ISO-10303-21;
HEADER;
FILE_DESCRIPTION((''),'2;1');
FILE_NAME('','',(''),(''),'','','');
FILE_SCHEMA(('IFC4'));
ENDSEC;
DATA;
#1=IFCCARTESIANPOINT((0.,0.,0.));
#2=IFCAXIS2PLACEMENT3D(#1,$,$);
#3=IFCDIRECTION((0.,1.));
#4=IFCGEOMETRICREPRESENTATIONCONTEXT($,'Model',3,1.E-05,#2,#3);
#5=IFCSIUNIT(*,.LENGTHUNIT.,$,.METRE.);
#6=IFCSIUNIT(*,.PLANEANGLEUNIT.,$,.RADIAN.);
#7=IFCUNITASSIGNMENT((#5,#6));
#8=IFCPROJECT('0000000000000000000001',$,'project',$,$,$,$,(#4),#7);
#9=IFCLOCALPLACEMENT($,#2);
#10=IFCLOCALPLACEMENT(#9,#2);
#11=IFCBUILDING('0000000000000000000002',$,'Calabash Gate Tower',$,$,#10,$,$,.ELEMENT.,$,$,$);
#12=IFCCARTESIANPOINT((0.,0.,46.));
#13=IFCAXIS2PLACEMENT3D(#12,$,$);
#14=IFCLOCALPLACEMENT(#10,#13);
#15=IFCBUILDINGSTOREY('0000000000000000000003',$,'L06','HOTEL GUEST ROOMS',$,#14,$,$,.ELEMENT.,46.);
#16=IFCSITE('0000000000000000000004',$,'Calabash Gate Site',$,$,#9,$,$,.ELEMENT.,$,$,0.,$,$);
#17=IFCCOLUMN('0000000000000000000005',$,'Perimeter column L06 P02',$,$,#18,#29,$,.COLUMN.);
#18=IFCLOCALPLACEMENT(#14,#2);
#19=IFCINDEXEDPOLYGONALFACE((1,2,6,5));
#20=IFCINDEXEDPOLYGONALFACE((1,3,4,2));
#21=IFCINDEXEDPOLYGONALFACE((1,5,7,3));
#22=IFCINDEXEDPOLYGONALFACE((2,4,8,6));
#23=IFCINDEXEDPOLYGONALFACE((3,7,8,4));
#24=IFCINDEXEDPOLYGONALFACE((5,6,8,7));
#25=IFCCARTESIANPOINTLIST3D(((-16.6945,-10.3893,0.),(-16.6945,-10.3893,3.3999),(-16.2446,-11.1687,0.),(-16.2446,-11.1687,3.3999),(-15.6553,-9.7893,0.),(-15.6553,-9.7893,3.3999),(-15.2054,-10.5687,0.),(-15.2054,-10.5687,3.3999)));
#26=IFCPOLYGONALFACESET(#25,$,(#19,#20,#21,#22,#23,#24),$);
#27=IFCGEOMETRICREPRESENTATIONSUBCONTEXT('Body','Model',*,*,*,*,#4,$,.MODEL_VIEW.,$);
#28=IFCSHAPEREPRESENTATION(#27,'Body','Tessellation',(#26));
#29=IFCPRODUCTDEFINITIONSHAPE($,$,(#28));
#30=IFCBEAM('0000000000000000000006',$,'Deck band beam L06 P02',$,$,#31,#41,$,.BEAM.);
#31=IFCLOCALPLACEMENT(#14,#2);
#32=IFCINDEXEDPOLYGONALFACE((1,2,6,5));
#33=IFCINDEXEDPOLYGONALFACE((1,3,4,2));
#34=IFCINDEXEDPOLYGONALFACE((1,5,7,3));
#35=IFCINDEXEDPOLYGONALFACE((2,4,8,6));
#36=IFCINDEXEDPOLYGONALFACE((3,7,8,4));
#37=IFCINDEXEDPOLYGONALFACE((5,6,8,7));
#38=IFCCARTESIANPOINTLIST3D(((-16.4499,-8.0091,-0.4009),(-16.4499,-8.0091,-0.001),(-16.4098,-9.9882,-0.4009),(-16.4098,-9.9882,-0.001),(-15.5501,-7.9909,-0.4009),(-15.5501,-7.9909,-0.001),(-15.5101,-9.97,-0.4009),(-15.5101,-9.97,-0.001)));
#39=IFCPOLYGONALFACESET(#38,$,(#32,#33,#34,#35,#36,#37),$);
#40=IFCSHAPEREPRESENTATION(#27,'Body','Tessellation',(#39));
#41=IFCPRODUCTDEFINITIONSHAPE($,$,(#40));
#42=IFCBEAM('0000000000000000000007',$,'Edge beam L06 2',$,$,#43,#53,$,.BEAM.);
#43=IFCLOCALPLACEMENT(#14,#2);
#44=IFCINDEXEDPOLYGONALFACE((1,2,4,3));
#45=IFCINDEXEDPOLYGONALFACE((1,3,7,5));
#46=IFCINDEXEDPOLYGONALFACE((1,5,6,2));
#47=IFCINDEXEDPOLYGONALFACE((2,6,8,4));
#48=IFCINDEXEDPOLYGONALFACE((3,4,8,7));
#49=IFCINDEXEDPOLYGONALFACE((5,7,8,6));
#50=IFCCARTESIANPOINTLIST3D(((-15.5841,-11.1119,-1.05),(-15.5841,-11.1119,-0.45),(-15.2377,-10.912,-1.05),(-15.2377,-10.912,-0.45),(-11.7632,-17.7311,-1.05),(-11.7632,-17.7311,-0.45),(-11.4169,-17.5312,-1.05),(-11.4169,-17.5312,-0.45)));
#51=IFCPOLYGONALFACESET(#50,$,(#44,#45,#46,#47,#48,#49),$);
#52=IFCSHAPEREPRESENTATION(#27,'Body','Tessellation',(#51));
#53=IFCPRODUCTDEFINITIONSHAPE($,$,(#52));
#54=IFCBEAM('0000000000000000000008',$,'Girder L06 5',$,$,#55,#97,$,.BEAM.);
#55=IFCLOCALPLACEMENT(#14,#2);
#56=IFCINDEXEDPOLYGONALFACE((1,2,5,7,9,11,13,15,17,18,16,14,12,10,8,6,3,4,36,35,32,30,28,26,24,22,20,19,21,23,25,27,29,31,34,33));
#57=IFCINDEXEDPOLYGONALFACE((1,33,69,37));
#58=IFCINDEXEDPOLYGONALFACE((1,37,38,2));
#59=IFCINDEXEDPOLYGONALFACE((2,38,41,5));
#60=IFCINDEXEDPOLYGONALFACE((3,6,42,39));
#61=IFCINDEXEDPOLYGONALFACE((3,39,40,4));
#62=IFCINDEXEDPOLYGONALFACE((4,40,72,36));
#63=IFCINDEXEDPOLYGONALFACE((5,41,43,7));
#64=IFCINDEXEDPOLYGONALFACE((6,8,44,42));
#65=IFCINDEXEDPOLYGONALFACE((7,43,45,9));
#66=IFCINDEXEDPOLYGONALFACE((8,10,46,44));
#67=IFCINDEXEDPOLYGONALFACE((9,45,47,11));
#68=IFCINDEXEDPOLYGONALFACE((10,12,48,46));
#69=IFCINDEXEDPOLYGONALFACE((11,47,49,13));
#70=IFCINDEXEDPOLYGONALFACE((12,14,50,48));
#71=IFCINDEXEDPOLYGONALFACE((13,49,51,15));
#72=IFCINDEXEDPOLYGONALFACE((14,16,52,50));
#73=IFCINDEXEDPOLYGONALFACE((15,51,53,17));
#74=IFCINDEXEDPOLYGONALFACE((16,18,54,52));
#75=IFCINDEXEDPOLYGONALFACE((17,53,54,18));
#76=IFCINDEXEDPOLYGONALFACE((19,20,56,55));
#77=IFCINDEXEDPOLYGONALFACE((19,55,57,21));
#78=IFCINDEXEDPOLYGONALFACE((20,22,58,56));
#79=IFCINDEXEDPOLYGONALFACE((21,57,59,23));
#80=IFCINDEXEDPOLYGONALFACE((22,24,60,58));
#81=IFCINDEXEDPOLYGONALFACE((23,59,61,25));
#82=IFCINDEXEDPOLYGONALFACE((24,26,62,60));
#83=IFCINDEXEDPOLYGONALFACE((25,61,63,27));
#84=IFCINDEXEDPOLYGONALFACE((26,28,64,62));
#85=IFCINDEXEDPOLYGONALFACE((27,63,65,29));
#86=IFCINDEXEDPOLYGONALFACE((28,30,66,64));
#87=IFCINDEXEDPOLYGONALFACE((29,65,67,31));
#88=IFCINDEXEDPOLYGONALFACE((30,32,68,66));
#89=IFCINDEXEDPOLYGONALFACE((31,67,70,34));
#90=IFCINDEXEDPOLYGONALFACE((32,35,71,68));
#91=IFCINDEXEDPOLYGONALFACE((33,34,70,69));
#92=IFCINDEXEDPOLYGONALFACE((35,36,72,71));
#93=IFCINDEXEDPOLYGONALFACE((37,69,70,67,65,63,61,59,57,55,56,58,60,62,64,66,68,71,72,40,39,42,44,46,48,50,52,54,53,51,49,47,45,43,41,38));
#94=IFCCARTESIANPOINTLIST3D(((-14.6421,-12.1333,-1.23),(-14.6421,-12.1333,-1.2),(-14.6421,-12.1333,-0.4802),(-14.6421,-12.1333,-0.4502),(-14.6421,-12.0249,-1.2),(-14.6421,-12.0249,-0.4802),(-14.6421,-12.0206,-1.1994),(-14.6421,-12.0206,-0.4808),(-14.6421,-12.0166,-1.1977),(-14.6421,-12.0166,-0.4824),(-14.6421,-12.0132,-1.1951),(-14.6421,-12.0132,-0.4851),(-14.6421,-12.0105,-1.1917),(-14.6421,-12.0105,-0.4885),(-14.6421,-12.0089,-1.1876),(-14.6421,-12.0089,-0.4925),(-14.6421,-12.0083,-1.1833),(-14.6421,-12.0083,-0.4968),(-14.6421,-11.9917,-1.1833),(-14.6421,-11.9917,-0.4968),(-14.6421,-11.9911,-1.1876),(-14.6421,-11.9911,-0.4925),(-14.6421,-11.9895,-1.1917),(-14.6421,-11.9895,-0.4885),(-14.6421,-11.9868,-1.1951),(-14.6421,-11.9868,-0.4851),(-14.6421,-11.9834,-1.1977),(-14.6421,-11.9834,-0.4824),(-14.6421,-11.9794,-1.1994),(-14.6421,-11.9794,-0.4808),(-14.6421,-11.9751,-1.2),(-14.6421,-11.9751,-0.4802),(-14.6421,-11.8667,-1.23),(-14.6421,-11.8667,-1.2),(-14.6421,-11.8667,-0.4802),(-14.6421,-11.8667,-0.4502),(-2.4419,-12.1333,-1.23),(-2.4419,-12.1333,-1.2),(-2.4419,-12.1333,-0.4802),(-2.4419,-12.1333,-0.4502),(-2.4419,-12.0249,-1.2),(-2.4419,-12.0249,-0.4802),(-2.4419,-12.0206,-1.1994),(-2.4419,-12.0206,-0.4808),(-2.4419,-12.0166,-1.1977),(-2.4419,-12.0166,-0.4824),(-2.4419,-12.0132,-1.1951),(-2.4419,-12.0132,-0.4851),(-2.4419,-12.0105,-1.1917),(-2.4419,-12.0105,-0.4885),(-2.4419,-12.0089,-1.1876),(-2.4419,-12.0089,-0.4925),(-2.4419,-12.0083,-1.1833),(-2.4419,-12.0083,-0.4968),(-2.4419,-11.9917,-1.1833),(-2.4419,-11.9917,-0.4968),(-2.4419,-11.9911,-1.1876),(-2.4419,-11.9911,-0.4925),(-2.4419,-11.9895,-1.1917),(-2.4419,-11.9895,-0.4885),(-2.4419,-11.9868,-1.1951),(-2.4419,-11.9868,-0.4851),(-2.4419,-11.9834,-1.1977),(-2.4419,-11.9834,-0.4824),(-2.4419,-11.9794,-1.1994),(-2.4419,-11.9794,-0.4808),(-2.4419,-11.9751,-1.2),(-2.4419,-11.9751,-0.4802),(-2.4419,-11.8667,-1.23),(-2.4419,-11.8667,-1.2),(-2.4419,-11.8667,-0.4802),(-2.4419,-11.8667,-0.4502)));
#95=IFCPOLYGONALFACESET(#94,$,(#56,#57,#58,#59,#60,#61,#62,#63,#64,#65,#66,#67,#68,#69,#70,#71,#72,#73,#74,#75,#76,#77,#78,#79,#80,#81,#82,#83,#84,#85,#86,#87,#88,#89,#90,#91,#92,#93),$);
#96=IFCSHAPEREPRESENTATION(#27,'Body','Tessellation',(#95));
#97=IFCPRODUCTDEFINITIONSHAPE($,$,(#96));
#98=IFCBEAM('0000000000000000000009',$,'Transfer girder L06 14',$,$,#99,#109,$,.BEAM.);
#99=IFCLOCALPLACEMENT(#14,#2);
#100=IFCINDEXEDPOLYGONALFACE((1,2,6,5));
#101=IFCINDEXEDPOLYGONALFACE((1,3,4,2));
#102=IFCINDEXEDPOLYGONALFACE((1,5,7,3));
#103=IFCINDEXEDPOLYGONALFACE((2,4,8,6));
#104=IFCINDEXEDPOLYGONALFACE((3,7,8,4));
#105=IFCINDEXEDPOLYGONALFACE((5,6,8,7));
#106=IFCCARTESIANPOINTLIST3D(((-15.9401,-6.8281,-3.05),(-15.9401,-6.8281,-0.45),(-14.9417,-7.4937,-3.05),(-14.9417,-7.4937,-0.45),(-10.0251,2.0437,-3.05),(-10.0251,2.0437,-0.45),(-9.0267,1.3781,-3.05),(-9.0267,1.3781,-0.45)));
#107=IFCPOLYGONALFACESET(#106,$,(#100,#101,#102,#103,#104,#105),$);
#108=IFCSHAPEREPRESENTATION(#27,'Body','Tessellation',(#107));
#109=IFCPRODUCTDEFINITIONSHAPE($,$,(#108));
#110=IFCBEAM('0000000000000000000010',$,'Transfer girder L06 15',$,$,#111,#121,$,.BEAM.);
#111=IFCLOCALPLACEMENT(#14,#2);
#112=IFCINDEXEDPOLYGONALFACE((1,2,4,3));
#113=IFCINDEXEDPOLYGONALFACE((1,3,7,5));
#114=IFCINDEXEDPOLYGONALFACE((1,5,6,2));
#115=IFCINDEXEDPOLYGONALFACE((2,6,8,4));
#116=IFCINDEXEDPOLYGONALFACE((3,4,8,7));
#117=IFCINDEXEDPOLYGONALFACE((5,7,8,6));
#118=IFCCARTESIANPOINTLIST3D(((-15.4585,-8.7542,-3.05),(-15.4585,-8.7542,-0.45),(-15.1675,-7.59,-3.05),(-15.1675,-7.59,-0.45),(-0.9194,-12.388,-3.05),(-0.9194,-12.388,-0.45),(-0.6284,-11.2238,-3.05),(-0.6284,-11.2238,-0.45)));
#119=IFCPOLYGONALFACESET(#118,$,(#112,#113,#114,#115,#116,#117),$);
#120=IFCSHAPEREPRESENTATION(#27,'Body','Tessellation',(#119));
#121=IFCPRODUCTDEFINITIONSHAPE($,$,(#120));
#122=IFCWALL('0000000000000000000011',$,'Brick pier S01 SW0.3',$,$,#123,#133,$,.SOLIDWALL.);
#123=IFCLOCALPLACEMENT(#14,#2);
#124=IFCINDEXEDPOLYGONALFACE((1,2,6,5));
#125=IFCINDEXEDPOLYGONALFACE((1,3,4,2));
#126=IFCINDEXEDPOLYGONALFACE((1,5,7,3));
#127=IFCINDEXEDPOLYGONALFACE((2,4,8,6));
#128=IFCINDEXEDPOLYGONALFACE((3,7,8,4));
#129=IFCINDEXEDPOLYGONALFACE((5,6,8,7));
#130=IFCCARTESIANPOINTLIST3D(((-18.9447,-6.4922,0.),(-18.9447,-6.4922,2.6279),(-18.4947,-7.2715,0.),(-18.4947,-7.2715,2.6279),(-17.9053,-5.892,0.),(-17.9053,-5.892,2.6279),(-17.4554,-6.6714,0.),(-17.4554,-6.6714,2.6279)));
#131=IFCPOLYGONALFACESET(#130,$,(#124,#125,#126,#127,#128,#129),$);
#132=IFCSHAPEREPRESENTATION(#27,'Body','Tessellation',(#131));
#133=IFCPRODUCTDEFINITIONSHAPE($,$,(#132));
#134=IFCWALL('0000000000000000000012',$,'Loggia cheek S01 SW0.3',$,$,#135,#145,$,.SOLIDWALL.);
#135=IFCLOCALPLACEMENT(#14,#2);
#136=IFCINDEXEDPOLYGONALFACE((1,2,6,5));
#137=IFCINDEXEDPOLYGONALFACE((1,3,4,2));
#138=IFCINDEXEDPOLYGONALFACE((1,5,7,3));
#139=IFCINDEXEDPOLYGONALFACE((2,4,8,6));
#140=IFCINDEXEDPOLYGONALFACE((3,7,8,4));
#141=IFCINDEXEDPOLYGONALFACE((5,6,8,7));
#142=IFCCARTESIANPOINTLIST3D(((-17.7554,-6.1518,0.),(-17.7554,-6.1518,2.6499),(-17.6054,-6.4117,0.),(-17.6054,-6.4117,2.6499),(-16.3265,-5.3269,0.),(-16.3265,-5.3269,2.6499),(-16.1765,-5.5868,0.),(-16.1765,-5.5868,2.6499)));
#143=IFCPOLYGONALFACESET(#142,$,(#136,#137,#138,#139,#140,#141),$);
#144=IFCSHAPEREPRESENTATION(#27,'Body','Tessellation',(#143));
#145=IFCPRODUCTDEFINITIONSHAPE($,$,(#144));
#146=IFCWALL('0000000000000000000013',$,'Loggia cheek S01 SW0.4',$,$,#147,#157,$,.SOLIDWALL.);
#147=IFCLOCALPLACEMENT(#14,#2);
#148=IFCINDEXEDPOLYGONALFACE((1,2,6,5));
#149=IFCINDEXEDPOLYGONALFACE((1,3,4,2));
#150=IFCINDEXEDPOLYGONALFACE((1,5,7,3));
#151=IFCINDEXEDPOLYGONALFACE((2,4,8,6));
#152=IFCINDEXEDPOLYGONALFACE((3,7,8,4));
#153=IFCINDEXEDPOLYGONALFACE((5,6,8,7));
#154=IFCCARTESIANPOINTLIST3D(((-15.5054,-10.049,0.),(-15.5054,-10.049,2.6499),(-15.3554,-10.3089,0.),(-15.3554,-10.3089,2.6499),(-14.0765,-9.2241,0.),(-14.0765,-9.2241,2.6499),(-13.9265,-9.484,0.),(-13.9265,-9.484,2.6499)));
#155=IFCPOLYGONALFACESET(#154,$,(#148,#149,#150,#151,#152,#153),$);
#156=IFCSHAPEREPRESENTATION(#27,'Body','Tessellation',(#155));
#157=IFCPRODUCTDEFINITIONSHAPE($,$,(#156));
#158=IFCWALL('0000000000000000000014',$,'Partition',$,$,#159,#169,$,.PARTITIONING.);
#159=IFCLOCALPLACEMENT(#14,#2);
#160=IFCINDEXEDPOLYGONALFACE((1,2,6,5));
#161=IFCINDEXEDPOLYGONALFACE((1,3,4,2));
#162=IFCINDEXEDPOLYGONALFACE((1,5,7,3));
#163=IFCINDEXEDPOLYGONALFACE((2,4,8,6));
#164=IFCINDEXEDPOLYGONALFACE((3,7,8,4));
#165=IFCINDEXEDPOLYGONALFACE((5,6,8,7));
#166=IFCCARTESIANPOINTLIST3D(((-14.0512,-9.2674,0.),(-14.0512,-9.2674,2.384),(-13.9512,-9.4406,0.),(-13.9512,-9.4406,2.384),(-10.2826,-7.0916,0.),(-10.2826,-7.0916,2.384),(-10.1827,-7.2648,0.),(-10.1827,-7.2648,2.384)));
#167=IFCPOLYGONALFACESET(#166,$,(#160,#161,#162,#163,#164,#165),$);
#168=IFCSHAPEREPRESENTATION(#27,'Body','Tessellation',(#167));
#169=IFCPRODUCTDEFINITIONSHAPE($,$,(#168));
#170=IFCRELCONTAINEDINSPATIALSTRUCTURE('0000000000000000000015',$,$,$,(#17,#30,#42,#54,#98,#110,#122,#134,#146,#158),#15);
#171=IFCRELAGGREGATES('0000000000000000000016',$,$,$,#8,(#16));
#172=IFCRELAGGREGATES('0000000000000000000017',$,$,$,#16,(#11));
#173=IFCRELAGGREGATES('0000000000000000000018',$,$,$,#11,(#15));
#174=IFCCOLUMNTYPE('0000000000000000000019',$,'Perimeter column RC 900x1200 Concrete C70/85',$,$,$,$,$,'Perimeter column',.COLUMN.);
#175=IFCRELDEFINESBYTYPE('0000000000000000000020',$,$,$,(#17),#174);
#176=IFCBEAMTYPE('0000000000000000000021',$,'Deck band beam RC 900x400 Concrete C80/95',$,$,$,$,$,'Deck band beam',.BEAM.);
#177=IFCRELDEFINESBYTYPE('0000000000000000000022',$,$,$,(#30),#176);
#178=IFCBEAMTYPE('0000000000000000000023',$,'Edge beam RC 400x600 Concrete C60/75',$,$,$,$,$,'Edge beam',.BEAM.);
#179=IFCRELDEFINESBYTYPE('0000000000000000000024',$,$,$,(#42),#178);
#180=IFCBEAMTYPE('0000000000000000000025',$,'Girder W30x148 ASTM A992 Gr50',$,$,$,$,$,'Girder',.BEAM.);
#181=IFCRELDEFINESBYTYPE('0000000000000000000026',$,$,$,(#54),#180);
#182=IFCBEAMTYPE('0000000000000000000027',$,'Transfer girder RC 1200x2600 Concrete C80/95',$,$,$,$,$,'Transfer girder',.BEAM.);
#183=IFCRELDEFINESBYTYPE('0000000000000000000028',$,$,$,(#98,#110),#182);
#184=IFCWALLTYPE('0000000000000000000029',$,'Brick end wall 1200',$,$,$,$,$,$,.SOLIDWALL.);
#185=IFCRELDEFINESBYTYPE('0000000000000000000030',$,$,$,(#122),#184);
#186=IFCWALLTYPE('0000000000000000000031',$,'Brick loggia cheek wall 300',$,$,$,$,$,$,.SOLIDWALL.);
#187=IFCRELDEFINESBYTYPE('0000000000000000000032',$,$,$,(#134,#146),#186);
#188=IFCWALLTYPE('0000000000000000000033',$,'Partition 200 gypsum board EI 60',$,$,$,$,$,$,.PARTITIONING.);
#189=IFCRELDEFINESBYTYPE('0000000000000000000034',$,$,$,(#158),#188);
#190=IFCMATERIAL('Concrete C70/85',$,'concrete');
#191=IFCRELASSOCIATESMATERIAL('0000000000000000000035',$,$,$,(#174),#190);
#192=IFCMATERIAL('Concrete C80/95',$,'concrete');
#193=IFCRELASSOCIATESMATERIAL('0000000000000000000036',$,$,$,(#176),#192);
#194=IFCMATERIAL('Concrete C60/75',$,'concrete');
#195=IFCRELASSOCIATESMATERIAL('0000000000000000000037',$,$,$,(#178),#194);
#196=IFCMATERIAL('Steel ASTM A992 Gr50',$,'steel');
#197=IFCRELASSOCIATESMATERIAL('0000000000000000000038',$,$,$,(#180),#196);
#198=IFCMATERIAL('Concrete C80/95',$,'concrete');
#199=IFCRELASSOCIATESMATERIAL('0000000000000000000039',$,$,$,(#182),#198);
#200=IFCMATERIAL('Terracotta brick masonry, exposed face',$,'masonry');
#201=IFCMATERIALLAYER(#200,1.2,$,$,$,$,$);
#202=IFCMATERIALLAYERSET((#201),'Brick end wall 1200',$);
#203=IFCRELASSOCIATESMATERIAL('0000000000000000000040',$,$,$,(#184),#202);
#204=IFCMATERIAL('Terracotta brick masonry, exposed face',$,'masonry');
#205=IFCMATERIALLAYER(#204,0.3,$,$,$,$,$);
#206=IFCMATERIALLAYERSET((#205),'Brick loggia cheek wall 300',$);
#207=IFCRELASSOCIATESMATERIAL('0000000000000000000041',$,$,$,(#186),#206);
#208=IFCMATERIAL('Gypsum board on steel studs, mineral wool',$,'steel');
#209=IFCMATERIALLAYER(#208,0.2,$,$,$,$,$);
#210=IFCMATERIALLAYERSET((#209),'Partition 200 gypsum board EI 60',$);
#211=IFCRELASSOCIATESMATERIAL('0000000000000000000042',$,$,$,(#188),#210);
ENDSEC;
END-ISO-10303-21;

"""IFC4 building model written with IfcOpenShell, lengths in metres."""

from ifc_helpers import new_model, si_unit, direction, frame, frame_2d, origin, origin_2d, place, context, subcontext, project, spatial, rectangle, i_section, extrude, material, layer, layer_set, material_profile, profile_set, type_object, element, save


model = new_model("IFC4")

# Units and contexts
model_context = context("Model", 3, precision=1e-05, world=origin(), true_north=direction((0.0, 1.0)))
body_context = subcontext(model_context, "Body", "Model", "MODEL_VIEW")
ifc_project = project(units=[si_unit("LENGTHUNIT", "METRE"), si_unit("PLANEANGLEUNIT", "RADIAN")], contexts=[model_context])

# Site, building, storey
site_placement = place(None, origin())
site = spatial("IfcSite", under=ifc_project, at=site_placement, Name="Calabash Gate Site", CompositionType="ELEMENT", RefElevation=0.0)
building_placement = place(site_placement, origin())
building = spatial("IfcBuilding", under=site, at=building_placement, Name="Calabash Gate Tower", CompositionType="ELEMENT")
storey_placement = place(building_placement, frame((0.0, 0.0, 46.0)))
storey = spatial("IfcBuildingStorey", under=building, at=storey_placement, Name="L06", Description="HOTEL GUEST ROOMS", CompositionType="ELEMENT", Elevation=46.0)

# Column
ifc_material_1 = material(Name="Concrete C70/85", Category="concrete")
ifc_material_profile_1 = material_profile(ifc_material_1, rectangle(XDim=0.8999, YDim=1.2, at=origin_2d()))
ifc_profile_set_1 = profile_set([ifc_material_profile_1], Name="Concrete C70/85")
column_type = type_object("IfcColumnType", Name="Perimeter column RC 900x1200 Concrete C70/85", ElementType="Perimeter column", PredefinedType="COLUMN", material=ifc_profile_set_1)
column_placement = place(storey_placement, frame((-15.95, -10.479, 0.0), z_axis=(0.0, 0.0, 1.0), x_axis=(0.5, -0.866025, 0.0)))
element("IfcColumn", 1, at=column_placement, inside=storey, type_object=column_type, Name="Perimeter column L06 P02", PredefinedType="COLUMN", context=body_context, shape_type="SweptSolid", body=[
    extrude(rectangle(XDim=0.8999, YDim=1.2, at=origin_2d()), origin(), (0.0, 0.0, 1.0), 3.3999),
])

# Beams
ifc_material_2 = material(Name="Concrete C80/95", Category="concrete")
ifc_material_profile_2 = material_profile(ifc_material_2, rectangle(XDim=0.8999, YDim=0.3999, at=origin_2d()))
ifc_profile_set_2 = profile_set([ifc_material_profile_2], Name="Concrete C80/95")
beam_type_1 = type_object("IfcBeamType", Name="Deck band beam RC 900x400 Concrete C80/95", ElementType="Deck band beam", PredefinedType="BEAM", material=ifc_profile_set_2)
beam_1_placement = place(storey_placement, frame((-16.0, -8.0, -0.2009), z_axis=(0.020228, -0.999795, 0.0), x_axis=(0.999795, 0.020228, 0.0)))
element("IfcBeam", 2, at=beam_1_placement, inside=storey, type_object=beam_type_1, Name="Deck band beam L06 P02", PredefinedType="BEAM", context=body_context, shape_type="SweptSolid", body=[
    extrude(rectangle(XDim=0.8999, YDim=0.3999, at=origin_2d()), origin(), (0.0, 0.0, 1.0), 1.9795),
])
ifc_material_3 = material(Name="Concrete C60/75", Category="concrete")
ifc_material_profile_3 = material_profile(ifc_material_3, rectangle(XDim=0.3999, YDim=0.6001, at=origin_2d()))
ifc_profile_set_3 = profile_set([ifc_material_profile_3], Name="Concrete C60/75")
beam_type_2 = type_object("IfcBeamType", Name="Edge beam RC 400x600 Concrete C60/75", ElementType="Edge beam", PredefinedType="BEAM", material=ifc_profile_set_3)
beam_2_placement = place(storey_placement, frame((-15.4109, -11.012, -0.75), z_axis=(0.499925, -0.866069, 0.0), x_axis=(0.866069, 0.499925, 0.0)))
element("IfcBeam", 3, at=beam_2_placement, inside=storey, type_object=beam_type_2, Name="Edge beam L06 2", PredefinedType="BEAM", context=body_context, shape_type="SweptSolid", body=[
    extrude(rectangle(XDim=0.3999, YDim=0.6001, at=origin_2d()), origin(), (0.0, 0.0, 1.0), 7.6428),
])
ifc_material_4 = material(Name="Steel ASTM A992 Gr50", Category="steel")
ifc_material_profile_4 = material_profile(ifc_material_4, i_section(OverallWidth=0.2666, OverallDepth=0.7798, WebThickness=0.0166, FlangeThickness=0.03, FilletRadius=0.0166, at=origin_2d()))
ifc_profile_set_4 = profile_set([ifc_material_profile_4], Name="Steel ASTM A992 Gr50")
beam_type_3 = type_object("IfcBeamType", Name="Girder W30x148 ASTM A992 Gr50", ElementType="Girder", PredefinedType="BEAM", material=ifc_profile_set_4)
beam_3_placement = place(storey_placement, frame((-14.6421, -12.0, -0.8401), z_axis=(1.0, 0.0, 0.0), x_axis=(0.0, 1.0, 0.0)))
element("IfcBeam", 4, at=beam_3_placement, inside=storey, type_object=beam_type_3, Name="Girder L06 5", PredefinedType="BEAM", context=body_context, shape_type="SweptSolid", body=[
    extrude(i_section(OverallWidth=0.2666, OverallDepth=0.7798, WebThickness=0.0166, FlangeThickness=0.03, FilletRadius=0.0166, at=origin_2d()), origin(), (0.0, 0.0, 1.0), 12.2002),
])
ifc_material_5 = material(Name="Concrete C80/95", Category="concrete")
ifc_material_profile_5 = material_profile(ifc_material_5, rectangle(XDim=1.2, YDim=2.6001, at=origin_2d()))
ifc_profile_set_5 = profile_set([ifc_material_profile_5], Name="Concrete C80/95")
beam_type_4 = type_object("IfcBeamType", Name="Transfer girder RC 1200x2600 Concrete C80/95", ElementType="Transfer girder", PredefinedType="BEAM", material=ifc_profile_set_5)
beam_4_placement = place(storey_placement, frame((-15.4409, -7.1609, -1.75), z_axis=(0.554732, 0.832029, 0.0), x_axis=(-0.832029, 0.554732, 0.0)))
element("IfcBeam", 5, at=beam_4_placement, inside=storey, type_object=beam_type_4, Name="Transfer girder L06 14", PredefinedType="BEAM", context=body_context, shape_type="SweptSolid", body=[
    extrude(rectangle(XDim=1.2, YDim=2.6001, at=origin_2d()), origin(), (0.0, 0.0, 1.0), 10.6628),
])
beam_5_placement = place(storey_placement, frame((-15.313, -8.1721, -1.75), z_axis=(0.970158, -0.242474, 0.0), x_axis=(0.242474, 0.970158, 0.0)))
element("IfcBeam", 6, at=beam_5_placement, inside=storey, type_object=beam_type_4, Name="Transfer girder L06 15", PredefinedType="BEAM", context=body_context, shape_type="SweptSolid", body=[
    extrude(rectangle(XDim=1.2, YDim=2.6001, at=origin_2d()), origin(), (0.0, 0.0, 1.0), 14.9863),
])

# Walls
ifc_material_6 = material(Name="Terracotta brick masonry, exposed face", Category="masonry")
ifc_layer_1 = layer(ifc_material_6, 1.2)
ifc_layer_set_1 = layer_set([ifc_layer_1], Name="Brick end wall 1200")
wall_type_1 = type_object("IfcWallType", Name="Brick end wall 1200", PredefinedType="SOLIDWALL", material=ifc_layer_set_1)
wall_1_placement = place(storey_placement, frame((-18.7197, -6.8818, 0.0), z_axis=(0.0, 0.0, 1.0), x_axis=(0.866006, 0.500034, 0.0)))
element("IfcWall", 7, at=wall_1_placement, inside=storey, type_object=wall_type_1, Name="Brick pier S01 SW0.3", PredefinedType="SOLIDWALL", context=body_context, shape_type="SweptSolid", body=[
    extrude(rectangle(XDim=1.2002, YDim=0.8999, at=frame_2d((0.6001, 0.0))), origin(), (0.0, 0.0, 1.0), 2.6279),
])
ifc_material_7 = material(Name="Terracotta brick masonry, exposed face", Category="masonry")
ifc_layer_2 = layer(ifc_material_7, 0.3)
ifc_layer_set_2 = layer_set([ifc_layer_2], Name="Brick loggia cheek wall 300")
wall_type_2 = type_object("IfcWallType", Name="Brick loggia cheek wall 300", PredefinedType="SOLIDWALL", material=ifc_layer_set_2)
for number, where, z_axis, x_axis, name in (
    (8, (-17.6804, -6.2817, 0.0), (0.0, 0.0, 1.0), (0.86604, 0.499974, 0.0), "Loggia cheek S01 SW0.3"),
    (9, (-15.4304, -10.179, 0.0), (0.0, 0.0, 1.0), (0.86604, 0.499974, 0.0), "Loggia cheek S01 SW0.4"),
):
    element("IfcWall", number, at=place(storey_placement, frame(where, z_axis=z_axis, x_axis=x_axis)), inside=storey, type_object=wall_type_2, Name=name, PredefinedType="SOLIDWALL", context=body_context, shape_type="SweptSolid", body=[
        extrude(rectangle(XDim=1.6499, YDim=0.3, at=frame_2d((0.825, 0.0))), origin(), (0.0, 0.0, 1.0), 2.6499),
    ])
ifc_material_8 = material(Name="Gypsum board on steel studs, mineral wool", Category="steel")
ifc_layer_3 = layer(ifc_material_8, 0.2)
ifc_layer_set_3 = layer_set([ifc_layer_3], Name="Partition 200 gypsum board EI 60")
wall_type_3 = type_object("IfcWallType", Name="Partition 200 gypsum board EI 60", PredefinedType="PARTITIONING", material=ifc_layer_set_3)
wall_2_placement = place(storey_placement, frame((-14.0012, -9.354, 0.0), z_axis=(0.0, 0.0, 1.0), x_axis=(0.866025, 0.500001, 0.0)))
element("IfcWall", 10, at=wall_2_placement, inside=storey, type_object=wall_type_3, Name="Partition", PredefinedType="PARTITIONING", context=body_context, shape_type="SweptSolid", body=[
    extrude(rectangle(XDim=4.3516, YDim=0.2, at=frame_2d((2.1758, 0.0))), origin(), (0.0, 0.0, 1.0), 2.384),
])

save(model, "model.ifc")
